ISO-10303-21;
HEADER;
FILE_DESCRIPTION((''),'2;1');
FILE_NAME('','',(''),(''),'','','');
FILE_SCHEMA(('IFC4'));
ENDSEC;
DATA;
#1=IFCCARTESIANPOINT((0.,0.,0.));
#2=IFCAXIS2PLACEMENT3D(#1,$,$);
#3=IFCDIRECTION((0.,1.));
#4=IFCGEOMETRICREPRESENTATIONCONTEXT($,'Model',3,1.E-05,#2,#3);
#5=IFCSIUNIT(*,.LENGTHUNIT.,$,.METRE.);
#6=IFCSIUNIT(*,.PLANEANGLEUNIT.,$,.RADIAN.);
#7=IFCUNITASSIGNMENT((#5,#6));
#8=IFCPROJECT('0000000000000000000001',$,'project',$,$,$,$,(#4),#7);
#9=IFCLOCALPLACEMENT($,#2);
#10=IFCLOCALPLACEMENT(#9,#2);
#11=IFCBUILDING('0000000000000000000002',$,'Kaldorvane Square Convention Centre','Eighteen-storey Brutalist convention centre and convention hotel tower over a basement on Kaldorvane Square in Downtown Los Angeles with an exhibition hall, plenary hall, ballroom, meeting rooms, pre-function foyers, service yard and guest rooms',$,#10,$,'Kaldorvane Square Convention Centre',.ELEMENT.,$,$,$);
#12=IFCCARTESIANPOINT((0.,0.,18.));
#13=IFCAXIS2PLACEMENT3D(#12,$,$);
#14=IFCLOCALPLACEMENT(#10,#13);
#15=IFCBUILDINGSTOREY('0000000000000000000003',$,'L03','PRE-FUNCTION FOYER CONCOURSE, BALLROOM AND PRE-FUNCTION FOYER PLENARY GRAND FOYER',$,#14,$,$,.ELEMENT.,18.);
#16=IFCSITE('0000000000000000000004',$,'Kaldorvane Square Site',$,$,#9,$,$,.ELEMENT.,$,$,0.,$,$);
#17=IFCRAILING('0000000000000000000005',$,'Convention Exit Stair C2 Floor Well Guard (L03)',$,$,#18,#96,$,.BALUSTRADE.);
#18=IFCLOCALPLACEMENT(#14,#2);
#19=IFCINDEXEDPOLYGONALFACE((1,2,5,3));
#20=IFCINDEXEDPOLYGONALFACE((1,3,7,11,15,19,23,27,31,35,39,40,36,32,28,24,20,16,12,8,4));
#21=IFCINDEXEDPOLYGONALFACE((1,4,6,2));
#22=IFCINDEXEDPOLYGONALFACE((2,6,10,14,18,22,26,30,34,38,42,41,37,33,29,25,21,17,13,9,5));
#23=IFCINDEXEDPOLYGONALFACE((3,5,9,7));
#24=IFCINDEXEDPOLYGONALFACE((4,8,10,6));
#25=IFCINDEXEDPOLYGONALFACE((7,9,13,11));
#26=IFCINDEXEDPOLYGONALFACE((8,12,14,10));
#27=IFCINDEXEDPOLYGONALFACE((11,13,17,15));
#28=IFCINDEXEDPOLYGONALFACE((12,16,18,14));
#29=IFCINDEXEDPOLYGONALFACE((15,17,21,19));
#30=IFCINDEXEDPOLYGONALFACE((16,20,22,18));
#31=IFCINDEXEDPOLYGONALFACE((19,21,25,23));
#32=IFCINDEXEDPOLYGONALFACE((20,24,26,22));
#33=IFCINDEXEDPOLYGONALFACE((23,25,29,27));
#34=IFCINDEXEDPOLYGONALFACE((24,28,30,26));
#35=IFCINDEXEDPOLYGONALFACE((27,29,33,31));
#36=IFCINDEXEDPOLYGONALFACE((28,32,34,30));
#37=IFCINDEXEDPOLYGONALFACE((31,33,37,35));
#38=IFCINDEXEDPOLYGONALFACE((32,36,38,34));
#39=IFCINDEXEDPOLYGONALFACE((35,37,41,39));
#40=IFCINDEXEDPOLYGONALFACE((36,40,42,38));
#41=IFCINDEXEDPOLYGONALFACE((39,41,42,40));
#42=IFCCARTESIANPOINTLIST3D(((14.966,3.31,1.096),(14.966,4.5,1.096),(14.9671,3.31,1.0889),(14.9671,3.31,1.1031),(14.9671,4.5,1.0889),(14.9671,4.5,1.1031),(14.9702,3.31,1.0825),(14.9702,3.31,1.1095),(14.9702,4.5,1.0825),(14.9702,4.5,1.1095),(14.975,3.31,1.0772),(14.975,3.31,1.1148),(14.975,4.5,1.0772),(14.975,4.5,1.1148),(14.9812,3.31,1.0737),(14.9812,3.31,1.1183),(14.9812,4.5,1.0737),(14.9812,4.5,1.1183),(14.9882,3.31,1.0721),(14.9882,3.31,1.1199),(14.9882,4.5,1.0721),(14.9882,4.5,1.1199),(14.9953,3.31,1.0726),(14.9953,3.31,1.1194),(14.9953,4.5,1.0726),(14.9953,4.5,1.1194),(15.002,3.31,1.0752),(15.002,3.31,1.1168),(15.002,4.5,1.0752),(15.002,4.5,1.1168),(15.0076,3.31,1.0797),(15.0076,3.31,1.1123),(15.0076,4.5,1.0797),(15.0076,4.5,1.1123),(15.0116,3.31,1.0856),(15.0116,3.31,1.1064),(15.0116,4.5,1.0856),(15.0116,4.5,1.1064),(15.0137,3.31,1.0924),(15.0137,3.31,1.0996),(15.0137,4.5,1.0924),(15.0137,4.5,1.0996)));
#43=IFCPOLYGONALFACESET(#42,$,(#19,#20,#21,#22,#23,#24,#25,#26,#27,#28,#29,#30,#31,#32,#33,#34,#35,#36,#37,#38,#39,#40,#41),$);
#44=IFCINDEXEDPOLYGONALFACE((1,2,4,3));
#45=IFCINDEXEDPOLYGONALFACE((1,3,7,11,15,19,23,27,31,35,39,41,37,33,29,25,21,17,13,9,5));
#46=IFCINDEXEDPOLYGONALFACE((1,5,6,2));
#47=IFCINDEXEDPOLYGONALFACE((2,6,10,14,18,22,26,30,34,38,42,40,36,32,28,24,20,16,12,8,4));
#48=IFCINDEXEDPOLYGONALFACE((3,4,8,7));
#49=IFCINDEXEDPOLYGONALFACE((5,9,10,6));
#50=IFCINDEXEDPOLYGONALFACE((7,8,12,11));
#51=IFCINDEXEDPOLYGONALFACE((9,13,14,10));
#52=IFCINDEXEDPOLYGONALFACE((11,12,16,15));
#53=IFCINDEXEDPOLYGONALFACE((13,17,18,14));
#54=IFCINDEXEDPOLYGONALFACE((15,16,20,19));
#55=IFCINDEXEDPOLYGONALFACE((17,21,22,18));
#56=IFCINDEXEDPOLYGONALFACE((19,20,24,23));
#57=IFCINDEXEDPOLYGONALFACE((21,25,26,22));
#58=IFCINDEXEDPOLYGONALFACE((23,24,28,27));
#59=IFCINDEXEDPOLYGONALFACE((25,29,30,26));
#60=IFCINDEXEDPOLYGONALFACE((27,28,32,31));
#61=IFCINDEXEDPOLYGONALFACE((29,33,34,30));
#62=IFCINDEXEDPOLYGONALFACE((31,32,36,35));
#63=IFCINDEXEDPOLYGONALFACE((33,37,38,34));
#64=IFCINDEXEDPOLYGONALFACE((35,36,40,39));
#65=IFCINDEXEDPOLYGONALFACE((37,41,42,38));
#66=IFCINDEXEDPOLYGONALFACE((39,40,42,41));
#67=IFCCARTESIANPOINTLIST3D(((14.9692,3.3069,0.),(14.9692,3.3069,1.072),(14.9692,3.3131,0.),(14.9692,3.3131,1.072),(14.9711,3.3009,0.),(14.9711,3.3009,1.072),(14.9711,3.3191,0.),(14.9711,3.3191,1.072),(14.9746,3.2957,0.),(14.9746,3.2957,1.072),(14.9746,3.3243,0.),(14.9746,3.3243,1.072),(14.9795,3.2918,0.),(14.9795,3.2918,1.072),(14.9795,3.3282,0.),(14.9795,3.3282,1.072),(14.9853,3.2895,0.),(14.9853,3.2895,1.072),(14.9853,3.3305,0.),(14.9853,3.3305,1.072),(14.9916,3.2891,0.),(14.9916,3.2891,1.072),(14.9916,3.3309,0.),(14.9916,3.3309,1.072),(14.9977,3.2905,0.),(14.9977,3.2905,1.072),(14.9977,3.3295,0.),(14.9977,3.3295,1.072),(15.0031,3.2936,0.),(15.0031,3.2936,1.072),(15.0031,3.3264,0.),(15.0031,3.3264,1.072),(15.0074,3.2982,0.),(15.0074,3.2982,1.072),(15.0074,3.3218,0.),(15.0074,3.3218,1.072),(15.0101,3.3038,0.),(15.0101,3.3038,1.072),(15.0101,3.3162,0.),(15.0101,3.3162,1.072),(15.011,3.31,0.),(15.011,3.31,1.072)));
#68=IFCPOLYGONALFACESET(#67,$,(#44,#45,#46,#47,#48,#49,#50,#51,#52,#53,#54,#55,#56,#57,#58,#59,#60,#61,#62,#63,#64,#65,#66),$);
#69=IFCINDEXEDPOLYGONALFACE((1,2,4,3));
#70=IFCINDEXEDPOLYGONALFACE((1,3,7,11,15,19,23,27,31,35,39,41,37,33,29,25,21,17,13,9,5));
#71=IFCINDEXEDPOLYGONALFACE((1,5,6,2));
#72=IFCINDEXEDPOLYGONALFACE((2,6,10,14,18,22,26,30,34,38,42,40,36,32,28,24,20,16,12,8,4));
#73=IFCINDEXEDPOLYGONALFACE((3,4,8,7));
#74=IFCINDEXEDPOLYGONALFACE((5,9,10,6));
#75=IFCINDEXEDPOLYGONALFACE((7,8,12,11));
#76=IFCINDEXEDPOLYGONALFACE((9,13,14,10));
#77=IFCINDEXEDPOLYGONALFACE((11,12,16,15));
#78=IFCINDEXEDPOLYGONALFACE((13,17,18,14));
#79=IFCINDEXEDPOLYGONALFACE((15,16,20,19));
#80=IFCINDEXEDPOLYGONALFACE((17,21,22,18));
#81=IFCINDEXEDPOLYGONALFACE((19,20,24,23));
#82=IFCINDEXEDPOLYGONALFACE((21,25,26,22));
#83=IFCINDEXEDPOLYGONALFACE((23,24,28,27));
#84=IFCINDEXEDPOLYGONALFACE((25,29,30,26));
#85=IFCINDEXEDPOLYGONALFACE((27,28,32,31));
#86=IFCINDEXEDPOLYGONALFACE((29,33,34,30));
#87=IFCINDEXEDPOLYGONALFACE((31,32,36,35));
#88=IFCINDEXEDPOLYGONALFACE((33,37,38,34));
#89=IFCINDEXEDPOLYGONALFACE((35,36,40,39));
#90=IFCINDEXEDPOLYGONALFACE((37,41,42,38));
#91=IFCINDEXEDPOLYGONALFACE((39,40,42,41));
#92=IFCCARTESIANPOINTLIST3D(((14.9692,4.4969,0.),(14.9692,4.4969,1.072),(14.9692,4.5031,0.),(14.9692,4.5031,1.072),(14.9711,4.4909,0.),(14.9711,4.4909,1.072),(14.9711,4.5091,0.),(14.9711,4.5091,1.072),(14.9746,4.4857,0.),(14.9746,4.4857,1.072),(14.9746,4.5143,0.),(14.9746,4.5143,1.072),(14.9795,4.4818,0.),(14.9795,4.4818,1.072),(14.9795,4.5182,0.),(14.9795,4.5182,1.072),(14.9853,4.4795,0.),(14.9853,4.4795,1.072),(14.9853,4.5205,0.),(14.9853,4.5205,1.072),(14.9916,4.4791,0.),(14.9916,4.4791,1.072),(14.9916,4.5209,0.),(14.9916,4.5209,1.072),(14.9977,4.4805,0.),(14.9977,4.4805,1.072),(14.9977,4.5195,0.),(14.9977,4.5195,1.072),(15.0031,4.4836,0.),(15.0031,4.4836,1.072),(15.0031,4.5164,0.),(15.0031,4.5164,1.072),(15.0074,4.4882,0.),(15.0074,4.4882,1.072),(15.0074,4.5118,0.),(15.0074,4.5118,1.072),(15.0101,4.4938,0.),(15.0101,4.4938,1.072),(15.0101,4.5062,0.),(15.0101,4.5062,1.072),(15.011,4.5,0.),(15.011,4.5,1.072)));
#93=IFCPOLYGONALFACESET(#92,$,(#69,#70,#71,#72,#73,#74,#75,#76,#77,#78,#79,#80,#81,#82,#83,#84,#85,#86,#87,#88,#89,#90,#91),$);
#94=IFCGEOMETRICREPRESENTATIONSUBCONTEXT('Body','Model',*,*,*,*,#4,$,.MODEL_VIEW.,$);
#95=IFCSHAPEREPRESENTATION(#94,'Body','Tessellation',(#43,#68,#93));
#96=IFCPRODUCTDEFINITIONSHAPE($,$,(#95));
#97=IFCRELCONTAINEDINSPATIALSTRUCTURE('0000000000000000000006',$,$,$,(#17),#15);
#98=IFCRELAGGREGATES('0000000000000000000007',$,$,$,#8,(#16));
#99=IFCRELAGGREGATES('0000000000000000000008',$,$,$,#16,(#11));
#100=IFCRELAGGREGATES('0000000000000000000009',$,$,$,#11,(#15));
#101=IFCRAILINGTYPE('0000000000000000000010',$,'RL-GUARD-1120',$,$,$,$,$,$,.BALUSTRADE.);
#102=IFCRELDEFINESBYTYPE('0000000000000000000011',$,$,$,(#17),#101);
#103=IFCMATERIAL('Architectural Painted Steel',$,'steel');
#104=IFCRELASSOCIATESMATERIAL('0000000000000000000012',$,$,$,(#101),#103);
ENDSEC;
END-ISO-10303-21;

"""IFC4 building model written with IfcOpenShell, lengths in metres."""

from ifc_helpers import new_model, si_unit, direction, frame, origin, origin_2d, place, context, subcontext, project, spatial, circle, extrude, material, type_object, element, save


model = new_model("IFC4")

# Units and contexts
model_context = context("Model", 3, precision=1e-05, world=origin(), true_north=direction((0.0, 1.0)))
body_context = subcontext(model_context, "Body", "Model", "MODEL_VIEW")
ifc_project = project(units=[si_unit("LENGTHUNIT", "METRE"), si_unit("PLANEANGLEUNIT", "RADIAN")], contexts=[model_context])

# Site, building, storey
site_placement = place(None, origin())
site = spatial("IfcSite", under=ifc_project, at=site_placement, Name="Kaldorvane Square Site", CompositionType="ELEMENT", RefElevation=0.0)
building_placement = place(site_placement, origin())
building = spatial("IfcBuilding", under=site, at=building_placement, Name="Kaldorvane Square Convention Centre", Description="Eighteen-storey Brutalist convention centre and convention hotel tower over a basement on Kaldorvane Square in Downtown Los Angeles with an exhibition hall, plenary hall, ballroom, meeting rooms, pre-function foyers, service yard and guest rooms", LongName="Kaldorvane Square Convention Centre", CompositionType="ELEMENT")
storey_placement = place(building_placement, frame((0.0, 0.0, 18.0)))
storey = spatial("IfcBuildingStorey", under=building, at=storey_placement, Name="L03", Description="PRE-FUNCTION FOYER CONCOURSE, BALLROOM AND PRE-FUNCTION FOYER PLENARY GRAND FOYER", CompositionType="ELEMENT", Elevation=18.0)

# Railing
ifc_material_1 = material(Name="Architectural Painted Steel", Category="steel")
railing_type_1 = type_object("IfcRailingType", Name="RL-GUARD-1120", PredefinedType="BALUSTRADE", material=ifc_material_1)
railing_1_placement = place(storey_placement, frame((14.99, 3.31, 0.0)))
element("IfcRailing", 1, at=railing_1_placement, inside=storey, type_object=railing_type_1, Name="Convention Exit Stair C2 Floor Well Guard (L03)", PredefinedType="BALUSTRADE", context=body_context, shape_type="SweptSolid", body=[
    extrude(circle(Radius=0.024, at=origin_2d()), frame((0.0, 0.0, 1.096), z_axis=(0.0, 1.0, 0.0), x_axis=(-1.0, 0.0, 0.0)), (0.0, 0.0, 1.0), 1.19),
    extrude(circle(Radius=0.021, at=origin_2d()), origin(), (0.0, 0.0, 1.0), 1.072),
    extrude(circle(Radius=0.021, at=origin_2d()), frame((0.0, 1.19, 0.0)), (0.0, 0.0, 1.0), 1.072),
])

save(model, "model.ifc")
